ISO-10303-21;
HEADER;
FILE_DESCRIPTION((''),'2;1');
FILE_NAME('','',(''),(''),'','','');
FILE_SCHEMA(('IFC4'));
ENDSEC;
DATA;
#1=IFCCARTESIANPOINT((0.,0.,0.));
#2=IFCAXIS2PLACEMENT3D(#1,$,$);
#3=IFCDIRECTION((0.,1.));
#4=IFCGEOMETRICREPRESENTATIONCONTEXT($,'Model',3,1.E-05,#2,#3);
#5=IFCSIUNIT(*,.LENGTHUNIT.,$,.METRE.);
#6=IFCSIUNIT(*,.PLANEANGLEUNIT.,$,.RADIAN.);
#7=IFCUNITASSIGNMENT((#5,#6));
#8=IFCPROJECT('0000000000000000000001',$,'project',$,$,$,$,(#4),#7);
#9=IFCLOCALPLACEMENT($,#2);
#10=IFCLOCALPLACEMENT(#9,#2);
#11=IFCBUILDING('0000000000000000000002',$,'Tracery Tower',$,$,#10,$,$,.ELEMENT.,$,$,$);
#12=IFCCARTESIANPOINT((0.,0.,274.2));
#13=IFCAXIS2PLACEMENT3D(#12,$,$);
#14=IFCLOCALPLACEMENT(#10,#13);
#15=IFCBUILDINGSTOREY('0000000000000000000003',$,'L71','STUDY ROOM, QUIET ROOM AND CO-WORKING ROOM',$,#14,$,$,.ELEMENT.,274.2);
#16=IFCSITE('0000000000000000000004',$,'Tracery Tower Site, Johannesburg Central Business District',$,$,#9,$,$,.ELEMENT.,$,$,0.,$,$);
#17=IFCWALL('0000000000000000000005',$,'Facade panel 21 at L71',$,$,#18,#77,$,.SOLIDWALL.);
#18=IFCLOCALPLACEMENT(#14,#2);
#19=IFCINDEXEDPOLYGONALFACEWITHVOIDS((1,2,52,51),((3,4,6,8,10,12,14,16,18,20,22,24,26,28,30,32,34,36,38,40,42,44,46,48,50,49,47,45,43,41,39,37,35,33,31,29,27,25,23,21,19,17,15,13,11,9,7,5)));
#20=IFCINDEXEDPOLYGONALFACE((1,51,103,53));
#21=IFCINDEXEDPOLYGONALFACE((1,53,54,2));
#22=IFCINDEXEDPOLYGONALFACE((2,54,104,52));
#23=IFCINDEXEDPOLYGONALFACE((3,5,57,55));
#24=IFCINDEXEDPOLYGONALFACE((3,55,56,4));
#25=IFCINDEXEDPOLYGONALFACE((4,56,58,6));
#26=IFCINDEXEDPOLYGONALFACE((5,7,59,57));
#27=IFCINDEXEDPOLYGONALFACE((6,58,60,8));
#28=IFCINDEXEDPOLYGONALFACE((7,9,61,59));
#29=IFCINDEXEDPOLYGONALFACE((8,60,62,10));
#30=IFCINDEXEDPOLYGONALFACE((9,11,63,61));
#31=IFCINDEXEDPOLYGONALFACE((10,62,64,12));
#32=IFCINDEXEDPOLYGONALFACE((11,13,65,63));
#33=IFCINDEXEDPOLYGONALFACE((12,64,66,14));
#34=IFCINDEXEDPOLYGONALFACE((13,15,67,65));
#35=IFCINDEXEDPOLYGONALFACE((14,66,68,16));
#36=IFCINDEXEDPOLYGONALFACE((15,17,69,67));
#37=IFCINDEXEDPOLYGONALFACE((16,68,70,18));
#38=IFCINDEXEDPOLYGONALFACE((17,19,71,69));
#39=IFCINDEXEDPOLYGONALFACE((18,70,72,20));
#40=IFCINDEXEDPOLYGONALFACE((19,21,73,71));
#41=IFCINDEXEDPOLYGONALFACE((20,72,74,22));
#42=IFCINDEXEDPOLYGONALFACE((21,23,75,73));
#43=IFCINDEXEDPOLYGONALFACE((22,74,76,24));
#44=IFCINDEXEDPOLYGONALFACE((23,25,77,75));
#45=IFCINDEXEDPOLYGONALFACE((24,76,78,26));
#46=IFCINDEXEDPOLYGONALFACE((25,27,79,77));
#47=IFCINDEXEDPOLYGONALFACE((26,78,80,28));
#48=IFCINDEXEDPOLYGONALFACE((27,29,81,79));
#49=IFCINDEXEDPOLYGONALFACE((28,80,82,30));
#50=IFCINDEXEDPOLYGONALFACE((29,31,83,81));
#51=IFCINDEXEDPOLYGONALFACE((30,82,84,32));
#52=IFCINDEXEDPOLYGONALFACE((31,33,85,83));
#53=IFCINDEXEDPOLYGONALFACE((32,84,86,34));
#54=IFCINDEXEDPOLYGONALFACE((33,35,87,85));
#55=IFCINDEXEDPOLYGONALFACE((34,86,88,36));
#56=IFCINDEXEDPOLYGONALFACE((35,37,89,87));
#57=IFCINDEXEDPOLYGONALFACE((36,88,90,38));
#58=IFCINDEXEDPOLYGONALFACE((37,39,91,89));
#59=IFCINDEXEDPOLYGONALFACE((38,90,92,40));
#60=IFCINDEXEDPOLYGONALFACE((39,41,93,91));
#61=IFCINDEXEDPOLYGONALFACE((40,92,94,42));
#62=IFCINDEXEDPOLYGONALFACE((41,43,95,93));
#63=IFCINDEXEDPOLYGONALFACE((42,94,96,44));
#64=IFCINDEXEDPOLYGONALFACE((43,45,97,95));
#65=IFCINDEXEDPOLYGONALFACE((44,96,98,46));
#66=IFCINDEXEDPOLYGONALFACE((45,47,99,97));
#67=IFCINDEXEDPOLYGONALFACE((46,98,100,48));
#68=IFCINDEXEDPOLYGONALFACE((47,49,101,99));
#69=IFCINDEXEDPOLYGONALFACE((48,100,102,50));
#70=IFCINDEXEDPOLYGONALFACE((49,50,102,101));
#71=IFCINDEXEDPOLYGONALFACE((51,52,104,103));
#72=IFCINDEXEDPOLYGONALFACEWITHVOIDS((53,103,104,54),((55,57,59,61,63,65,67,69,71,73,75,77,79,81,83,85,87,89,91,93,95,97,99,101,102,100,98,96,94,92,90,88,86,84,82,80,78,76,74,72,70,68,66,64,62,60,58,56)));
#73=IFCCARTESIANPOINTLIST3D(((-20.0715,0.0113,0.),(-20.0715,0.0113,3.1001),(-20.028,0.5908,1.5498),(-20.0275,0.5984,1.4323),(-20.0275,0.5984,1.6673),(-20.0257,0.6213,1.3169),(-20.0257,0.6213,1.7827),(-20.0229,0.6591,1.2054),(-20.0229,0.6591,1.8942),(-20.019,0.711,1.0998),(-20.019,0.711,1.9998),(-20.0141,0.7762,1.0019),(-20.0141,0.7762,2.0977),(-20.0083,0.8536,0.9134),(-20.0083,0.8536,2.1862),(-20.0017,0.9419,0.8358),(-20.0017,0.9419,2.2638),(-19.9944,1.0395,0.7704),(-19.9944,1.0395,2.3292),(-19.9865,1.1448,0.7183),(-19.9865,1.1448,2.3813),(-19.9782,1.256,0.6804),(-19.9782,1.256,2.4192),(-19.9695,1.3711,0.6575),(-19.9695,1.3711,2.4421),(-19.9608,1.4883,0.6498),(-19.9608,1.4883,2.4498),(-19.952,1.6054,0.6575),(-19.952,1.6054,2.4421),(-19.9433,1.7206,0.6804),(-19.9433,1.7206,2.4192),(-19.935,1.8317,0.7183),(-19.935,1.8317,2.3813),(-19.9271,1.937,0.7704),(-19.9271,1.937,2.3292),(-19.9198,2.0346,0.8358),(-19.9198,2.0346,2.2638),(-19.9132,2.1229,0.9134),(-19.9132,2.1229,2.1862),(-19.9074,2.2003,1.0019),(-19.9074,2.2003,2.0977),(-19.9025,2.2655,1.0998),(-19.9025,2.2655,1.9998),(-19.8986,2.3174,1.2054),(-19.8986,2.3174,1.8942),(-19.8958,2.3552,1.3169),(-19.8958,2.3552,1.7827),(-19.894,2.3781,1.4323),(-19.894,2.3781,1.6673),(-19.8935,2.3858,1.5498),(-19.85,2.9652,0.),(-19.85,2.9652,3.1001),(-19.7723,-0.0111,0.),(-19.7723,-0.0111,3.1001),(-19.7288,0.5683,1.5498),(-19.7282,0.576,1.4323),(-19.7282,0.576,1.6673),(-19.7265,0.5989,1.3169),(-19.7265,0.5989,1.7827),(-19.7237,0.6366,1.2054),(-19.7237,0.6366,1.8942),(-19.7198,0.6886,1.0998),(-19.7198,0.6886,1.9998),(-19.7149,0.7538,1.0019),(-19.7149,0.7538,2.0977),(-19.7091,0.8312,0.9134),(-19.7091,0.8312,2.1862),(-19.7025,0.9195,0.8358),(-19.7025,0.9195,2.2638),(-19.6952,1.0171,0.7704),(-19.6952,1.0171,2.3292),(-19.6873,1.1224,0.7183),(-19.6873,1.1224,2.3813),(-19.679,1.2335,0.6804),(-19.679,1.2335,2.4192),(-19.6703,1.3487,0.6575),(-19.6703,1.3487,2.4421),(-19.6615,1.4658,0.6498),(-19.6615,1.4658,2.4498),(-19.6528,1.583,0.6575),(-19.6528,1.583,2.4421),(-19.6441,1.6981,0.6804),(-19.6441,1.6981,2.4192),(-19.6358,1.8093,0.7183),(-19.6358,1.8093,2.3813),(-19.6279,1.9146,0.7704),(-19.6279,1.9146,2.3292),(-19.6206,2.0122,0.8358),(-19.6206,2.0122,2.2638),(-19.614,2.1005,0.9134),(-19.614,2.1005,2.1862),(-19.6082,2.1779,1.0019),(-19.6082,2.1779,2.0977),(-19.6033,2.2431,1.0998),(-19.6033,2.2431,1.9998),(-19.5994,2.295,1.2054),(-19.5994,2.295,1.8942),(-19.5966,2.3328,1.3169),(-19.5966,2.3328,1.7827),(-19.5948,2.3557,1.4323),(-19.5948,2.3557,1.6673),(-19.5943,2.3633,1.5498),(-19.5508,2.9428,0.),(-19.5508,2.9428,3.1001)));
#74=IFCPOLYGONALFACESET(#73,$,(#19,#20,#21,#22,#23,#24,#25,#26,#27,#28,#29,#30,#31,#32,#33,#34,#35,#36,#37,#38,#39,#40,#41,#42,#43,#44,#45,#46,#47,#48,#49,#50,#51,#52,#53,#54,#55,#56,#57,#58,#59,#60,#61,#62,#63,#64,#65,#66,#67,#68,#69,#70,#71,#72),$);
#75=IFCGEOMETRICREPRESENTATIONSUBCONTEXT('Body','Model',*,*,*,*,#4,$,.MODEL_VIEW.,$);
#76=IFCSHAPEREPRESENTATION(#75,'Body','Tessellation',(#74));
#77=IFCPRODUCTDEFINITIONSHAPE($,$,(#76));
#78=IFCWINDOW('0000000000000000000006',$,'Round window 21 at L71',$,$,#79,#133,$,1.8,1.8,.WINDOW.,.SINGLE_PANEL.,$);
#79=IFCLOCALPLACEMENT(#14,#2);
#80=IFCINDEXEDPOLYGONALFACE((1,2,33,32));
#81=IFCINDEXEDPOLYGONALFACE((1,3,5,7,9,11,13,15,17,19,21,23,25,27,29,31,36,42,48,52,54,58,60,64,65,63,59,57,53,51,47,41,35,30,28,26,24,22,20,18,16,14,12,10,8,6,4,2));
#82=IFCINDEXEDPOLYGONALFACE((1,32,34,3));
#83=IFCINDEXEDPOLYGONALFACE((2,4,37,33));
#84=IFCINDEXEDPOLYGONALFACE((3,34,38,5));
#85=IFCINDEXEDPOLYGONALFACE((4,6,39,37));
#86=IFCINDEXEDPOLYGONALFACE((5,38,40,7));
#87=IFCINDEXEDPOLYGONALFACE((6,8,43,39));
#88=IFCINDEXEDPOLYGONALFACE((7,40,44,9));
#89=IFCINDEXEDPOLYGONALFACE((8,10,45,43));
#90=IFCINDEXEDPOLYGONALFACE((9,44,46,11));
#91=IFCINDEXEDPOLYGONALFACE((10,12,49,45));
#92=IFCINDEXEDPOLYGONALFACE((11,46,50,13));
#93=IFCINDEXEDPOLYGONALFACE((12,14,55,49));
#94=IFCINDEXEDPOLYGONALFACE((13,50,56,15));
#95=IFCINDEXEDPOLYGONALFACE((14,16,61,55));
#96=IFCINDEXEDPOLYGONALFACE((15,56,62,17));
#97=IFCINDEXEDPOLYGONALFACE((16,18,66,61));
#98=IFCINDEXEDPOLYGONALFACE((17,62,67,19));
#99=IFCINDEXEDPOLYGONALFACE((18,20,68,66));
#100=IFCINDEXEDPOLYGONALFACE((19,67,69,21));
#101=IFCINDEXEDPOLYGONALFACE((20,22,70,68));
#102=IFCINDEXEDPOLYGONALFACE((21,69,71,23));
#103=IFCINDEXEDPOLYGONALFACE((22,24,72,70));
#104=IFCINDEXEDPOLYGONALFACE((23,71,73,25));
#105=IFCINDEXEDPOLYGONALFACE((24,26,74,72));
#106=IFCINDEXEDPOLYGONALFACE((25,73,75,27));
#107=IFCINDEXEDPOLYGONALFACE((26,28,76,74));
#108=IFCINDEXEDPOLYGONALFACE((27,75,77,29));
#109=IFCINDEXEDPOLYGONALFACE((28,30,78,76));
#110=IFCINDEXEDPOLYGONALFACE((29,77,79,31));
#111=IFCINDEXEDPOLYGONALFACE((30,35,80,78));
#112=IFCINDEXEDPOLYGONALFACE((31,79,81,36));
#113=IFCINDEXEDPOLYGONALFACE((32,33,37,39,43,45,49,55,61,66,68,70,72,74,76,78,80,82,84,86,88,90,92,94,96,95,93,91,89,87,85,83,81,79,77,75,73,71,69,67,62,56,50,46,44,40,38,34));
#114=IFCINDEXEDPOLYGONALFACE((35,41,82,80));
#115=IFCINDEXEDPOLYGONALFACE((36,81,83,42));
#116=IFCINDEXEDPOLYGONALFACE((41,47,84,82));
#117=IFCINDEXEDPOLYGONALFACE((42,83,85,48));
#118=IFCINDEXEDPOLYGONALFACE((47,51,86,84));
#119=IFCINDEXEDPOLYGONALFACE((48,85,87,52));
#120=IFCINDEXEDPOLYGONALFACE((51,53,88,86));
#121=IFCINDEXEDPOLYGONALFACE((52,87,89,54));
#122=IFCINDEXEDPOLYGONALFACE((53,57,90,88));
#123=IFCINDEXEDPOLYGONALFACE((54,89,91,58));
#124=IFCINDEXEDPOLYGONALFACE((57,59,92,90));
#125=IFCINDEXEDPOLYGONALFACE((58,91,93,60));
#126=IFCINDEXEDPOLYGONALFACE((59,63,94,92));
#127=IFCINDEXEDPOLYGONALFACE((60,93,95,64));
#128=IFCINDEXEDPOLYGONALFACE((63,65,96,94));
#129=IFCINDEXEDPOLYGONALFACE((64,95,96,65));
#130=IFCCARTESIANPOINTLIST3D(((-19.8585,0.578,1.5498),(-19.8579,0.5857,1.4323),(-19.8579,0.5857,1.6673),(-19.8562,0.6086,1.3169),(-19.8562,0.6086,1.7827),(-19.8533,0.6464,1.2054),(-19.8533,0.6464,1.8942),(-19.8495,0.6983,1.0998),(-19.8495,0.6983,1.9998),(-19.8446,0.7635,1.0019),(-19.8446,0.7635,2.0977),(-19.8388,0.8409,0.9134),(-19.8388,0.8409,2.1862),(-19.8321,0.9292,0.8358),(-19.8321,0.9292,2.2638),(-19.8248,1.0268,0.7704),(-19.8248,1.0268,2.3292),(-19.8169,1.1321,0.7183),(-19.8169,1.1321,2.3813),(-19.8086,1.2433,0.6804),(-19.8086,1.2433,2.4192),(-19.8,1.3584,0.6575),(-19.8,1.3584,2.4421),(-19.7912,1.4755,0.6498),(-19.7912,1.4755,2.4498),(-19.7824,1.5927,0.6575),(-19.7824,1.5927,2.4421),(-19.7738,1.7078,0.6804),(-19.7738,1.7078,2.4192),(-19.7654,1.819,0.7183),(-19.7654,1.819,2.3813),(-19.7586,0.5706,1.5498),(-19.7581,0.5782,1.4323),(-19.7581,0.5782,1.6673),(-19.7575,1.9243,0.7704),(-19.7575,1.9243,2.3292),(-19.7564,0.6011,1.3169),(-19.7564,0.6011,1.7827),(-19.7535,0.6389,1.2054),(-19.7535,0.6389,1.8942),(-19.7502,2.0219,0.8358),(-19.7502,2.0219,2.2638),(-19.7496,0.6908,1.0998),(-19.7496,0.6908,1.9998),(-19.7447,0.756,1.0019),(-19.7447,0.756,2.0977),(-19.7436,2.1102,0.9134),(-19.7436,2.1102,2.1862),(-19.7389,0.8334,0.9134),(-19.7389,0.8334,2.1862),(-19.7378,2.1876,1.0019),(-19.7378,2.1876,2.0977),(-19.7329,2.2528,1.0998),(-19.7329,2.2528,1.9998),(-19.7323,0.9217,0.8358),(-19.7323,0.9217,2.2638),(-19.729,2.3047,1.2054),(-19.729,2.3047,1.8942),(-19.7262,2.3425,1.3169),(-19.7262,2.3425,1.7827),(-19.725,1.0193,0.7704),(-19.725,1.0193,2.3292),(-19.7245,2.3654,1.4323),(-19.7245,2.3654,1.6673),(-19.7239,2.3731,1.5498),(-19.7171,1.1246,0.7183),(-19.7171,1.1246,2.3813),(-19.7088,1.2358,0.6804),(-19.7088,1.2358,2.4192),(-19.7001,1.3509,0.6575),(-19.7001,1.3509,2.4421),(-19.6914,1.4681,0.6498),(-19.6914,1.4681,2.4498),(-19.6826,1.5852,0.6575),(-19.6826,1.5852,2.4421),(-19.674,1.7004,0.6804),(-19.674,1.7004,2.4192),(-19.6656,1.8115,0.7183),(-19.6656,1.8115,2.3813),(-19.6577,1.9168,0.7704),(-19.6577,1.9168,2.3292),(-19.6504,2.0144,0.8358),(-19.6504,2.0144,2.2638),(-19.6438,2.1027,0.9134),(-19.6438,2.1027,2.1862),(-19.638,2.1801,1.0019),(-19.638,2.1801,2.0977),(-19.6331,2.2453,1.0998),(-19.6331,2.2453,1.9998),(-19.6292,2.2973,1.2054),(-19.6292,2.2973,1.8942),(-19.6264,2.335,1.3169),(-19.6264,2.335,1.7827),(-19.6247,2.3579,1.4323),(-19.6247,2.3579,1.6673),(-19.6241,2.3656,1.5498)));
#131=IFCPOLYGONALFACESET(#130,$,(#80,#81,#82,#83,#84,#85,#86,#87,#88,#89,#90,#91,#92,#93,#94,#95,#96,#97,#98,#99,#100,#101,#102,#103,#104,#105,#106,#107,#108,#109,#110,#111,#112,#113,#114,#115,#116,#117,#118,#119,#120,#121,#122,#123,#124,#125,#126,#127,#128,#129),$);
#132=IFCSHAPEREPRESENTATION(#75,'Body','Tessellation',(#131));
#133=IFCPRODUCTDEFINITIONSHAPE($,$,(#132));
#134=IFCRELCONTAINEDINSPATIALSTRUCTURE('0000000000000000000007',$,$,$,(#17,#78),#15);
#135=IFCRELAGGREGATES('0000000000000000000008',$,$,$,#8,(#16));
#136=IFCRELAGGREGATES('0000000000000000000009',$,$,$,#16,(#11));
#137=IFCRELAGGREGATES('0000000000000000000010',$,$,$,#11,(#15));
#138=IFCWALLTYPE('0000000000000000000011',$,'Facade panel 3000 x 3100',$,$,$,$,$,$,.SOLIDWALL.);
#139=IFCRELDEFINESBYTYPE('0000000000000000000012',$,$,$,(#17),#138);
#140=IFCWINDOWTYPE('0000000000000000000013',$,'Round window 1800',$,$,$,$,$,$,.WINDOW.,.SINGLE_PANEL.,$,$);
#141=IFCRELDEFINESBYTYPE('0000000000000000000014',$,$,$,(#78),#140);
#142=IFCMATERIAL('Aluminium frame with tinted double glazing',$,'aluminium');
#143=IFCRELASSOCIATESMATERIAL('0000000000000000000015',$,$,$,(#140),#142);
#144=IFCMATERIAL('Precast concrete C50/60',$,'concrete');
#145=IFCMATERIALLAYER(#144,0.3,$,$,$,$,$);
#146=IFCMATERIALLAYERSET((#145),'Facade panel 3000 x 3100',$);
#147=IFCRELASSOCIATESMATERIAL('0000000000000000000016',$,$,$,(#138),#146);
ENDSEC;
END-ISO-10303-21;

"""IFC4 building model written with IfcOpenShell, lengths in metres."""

from ifc_helpers import new_model, si_unit, direction, frame, frame_2d, origin, origin_2d, place, context, subcontext, project, spatial, rectangle, circle, extrude, material, layer, layer_set, type_object, element, fill, save


model = new_model("IFC4")

# Units and contexts
model_context = context("Model", 3, precision=1e-05, world=origin(), true_north=direction((0.0, 1.0)))
body_context = subcontext(model_context, "Body", "Model", "MODEL_VIEW")
ifc_project = project(units=[si_unit("LENGTHUNIT", "METRE"), si_unit("PLANEANGLEUNIT", "RADIAN")], contexts=[model_context])

# Site, building, storey
site_placement = place(None, origin())
site = spatial("IfcSite", under=ifc_project, at=site_placement, Name="Tracery Tower Site, Johannesburg Central Business District", CompositionType="ELEMENT", RefElevation=0.0)
building_placement = place(site_placement, origin())
building = spatial("IfcBuilding", under=site, at=building_placement, Name="Tracery Tower", CompositionType="ELEMENT")
storey_placement = place(building_placement, frame((0.0, 0.0, 274.2)))
storey = spatial("IfcBuildingStorey", under=building, at=storey_placement, Name="L71", Description="STUDY ROOM, QUIET ROOM AND CO-WORKING ROOM", CompositionType="ELEMENT", Elevation=274.2)

# Wall, opening, window
ifc_material_1 = material(Name="Aluminium frame with tinted double glazing", Category="aluminium")
window_type = type_object("IfcWindowType", Name="Round window 1800", PartitioningType="SINGLE_PANEL", PredefinedType="WINDOW", material=ifc_material_1)
ifc_material_2 = material(Name="Precast concrete C50/60", Category="concrete")
ifc_layer_1 = layer(ifc_material_2, 0.3)
ifc_layer_set_1 = layer_set([ifc_layer_1], Name="Facade panel 3000 x 3100")
wall_type_1 = type_object("IfcWallType", Name="Facade panel 3000 x 3100", PredefinedType="SOLIDWALL", material=ifc_layer_set_1)
wall_1_placement = place(storey_placement, frame((-19.7004, 2.9539, 0.0), z_axis=(0.0, 0.0, 1.0), x_axis=(-0.074755, -0.997202, 0.0)))
wall_1 = element("IfcWall", 1, at=wall_1_placement, inside=storey, type_object=wall_type_1, Name="Facade panel 21 at L71", PredefinedType="SOLIDWALL", context=body_context, shape_type="SweptSolid", body=[
    extrude(rectangle(XDim=2.9622, YDim=0.3, at=frame_2d((1.481, 0.0))), origin(), (0.0, 0.0, 1.0), 3.1001),
])
opening_1_placement = place(wall_1_placement, frame((1.481, 0.0, 1.5498)))
opening_1 = element("IfcOpeningElement", 2, at=opening_1_placement, cuts=wall_1, PredefinedType="OPENING", context=body_context, shape_type="SweptSolid", body=[
    extrude(circle(Radius=0.9, at=origin_2d()), frame((0.0, 0.1599, 0.0), z_axis=(0.0, -1.0, 0.0), x_axis=(1.0, 0.0, 0.0)), (0.0, 0.0, 1.0), 0.3201),
])
window_1_placement = place(opening_1_placement, origin())
window_1 = element("IfcWindow", 3, at=window_1_placement, inside=storey, type_object=window_type, Name="Round window 21 at L71", OverallHeight=1.8, OverallWidth=1.8, PartitioningType="SINGLE_PANEL", PredefinedType="WINDOW", context=body_context, shape_type="SweptSolid", body=[
    extrude(circle(Radius=0.9, at=origin_2d()), frame((0.0, 0.1201, 0.0), z_axis=(0.0, -1.0, 0.0), x_axis=(1.0, 0.0, 0.0)), (0.0, 0.0, 1.0), 0.1001),
])
fill(opening_1, window_1)

save(model, "model.ifc")
